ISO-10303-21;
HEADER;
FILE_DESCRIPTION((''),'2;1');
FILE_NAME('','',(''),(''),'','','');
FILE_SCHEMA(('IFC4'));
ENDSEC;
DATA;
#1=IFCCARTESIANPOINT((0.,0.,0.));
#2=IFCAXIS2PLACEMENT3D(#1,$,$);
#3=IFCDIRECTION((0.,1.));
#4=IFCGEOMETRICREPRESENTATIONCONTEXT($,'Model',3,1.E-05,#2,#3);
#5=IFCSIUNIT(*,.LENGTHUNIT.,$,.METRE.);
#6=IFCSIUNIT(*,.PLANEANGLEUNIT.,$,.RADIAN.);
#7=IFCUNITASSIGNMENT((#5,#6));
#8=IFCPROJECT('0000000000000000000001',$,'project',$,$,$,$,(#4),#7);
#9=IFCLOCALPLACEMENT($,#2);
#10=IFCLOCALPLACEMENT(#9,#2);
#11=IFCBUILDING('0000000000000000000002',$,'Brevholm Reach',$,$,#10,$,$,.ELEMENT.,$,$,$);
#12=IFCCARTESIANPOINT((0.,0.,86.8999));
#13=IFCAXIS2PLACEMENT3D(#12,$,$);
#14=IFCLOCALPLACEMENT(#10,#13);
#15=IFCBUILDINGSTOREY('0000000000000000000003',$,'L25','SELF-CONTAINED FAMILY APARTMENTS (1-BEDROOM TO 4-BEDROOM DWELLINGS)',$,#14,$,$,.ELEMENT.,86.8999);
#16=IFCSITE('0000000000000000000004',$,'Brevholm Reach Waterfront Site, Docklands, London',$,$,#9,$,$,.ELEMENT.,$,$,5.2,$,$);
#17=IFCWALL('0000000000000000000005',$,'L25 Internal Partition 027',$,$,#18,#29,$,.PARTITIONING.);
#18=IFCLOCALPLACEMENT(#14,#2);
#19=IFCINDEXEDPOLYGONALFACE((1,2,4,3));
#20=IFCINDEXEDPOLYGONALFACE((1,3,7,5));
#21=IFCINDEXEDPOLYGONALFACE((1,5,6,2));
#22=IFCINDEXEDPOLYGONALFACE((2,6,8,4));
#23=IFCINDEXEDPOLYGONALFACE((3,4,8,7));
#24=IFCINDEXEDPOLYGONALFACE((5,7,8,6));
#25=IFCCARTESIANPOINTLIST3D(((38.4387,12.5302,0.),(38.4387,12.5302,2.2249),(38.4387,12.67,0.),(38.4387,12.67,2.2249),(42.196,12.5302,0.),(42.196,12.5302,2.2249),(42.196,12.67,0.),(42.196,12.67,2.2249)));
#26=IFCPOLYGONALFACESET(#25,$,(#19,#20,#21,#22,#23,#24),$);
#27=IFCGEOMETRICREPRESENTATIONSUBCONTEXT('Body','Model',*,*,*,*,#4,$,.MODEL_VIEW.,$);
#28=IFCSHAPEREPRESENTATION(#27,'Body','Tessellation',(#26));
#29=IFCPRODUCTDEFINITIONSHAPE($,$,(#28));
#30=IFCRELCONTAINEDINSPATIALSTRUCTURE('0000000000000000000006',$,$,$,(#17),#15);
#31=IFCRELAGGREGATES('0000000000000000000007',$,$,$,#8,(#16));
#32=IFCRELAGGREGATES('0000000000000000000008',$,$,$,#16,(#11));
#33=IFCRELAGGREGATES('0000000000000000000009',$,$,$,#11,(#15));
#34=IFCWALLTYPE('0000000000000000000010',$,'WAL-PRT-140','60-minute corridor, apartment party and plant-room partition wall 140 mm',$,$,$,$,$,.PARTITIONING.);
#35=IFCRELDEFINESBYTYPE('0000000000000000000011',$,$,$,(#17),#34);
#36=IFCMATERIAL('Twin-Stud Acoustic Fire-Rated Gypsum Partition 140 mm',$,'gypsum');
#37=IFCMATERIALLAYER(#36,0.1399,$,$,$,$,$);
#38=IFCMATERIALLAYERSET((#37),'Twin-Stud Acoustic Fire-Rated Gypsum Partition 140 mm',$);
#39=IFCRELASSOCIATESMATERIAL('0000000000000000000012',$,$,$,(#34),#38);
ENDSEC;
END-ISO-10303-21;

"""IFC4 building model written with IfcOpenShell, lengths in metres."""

from ifc_helpers import new_model, si_unit, direction, frame, frame_2d, origin, place, context, subcontext, project, spatial, rectangle, extrude, material, layer, layer_set, type_object, element, save


model = new_model("IFC4")

# Units and contexts
model_context = context("Model", 3, precision=1e-05, world=origin(), true_north=direction((0.0, 1.0)))
body_context = subcontext(model_context, "Body", "Model", "MODEL_VIEW")
ifc_project = project(units=[si_unit("LENGTHUNIT", "METRE"), si_unit("PLANEANGLEUNIT", "RADIAN")], contexts=[model_context])

# Site, building, storey
site_placement = place(None, origin())
site = spatial("IfcSite", under=ifc_project, at=site_placement, Name="Brevholm Reach Waterfront Site, Docklands, London", CompositionType="ELEMENT", RefElevation=5.2)
building_placement = place(site_placement, origin())
building = spatial("IfcBuilding", under=site, at=building_placement, Name="Brevholm Reach", CompositionType="ELEMENT")
storey_placement = place(building_placement, frame((0.0, 0.0, 86.8999)))
storey = spatial("IfcBuildingStorey", under=building, at=storey_placement, Name="L25", Description="SELF-CONTAINED FAMILY APARTMENTS (1-BEDROOM TO 4-BEDROOM DWELLINGS)", CompositionType="ELEMENT", Elevation=86.8999)

# Wall
ifc_material_1 = material(Name="Twin-Stud Acoustic Fire-Rated Gypsum Partition 140 mm", Category="gypsum")
ifc_layer_1 = layer(ifc_material_1, 0.1399)
ifc_layer_set_1 = layer_set([ifc_layer_1], Name="Twin-Stud Acoustic Fire-Rated Gypsum Partition 140 mm")
wall_type_1 = type_object("IfcWallType", Name="WAL-PRT-140", Description="60-minute corridor, apartment party and plant-room partition wall 140 mm", PredefinedType="PARTITIONING", material=ifc_layer_set_1)
wall_1_placement = place(storey_placement, frame((38.4387, 12.6001, 0.0), z_axis=(0.0, 0.0, 1.0), x_axis=(1.0, 0.0, 0.0)))
element("IfcWall", 1, at=wall_1_placement, inside=storey, type_object=wall_type_1, Name="L25 Internal Partition 027", PredefinedType="PARTITIONING", context=body_context, shape_type="SweptSolid", body=[
    extrude(rectangle(XDim=3.7573, YDim=0.1399, at=frame_2d((1.8787, 0.0))), origin(), (0.0, 0.0, 1.0), 2.2249),
])

save(model, "model.ifc")
